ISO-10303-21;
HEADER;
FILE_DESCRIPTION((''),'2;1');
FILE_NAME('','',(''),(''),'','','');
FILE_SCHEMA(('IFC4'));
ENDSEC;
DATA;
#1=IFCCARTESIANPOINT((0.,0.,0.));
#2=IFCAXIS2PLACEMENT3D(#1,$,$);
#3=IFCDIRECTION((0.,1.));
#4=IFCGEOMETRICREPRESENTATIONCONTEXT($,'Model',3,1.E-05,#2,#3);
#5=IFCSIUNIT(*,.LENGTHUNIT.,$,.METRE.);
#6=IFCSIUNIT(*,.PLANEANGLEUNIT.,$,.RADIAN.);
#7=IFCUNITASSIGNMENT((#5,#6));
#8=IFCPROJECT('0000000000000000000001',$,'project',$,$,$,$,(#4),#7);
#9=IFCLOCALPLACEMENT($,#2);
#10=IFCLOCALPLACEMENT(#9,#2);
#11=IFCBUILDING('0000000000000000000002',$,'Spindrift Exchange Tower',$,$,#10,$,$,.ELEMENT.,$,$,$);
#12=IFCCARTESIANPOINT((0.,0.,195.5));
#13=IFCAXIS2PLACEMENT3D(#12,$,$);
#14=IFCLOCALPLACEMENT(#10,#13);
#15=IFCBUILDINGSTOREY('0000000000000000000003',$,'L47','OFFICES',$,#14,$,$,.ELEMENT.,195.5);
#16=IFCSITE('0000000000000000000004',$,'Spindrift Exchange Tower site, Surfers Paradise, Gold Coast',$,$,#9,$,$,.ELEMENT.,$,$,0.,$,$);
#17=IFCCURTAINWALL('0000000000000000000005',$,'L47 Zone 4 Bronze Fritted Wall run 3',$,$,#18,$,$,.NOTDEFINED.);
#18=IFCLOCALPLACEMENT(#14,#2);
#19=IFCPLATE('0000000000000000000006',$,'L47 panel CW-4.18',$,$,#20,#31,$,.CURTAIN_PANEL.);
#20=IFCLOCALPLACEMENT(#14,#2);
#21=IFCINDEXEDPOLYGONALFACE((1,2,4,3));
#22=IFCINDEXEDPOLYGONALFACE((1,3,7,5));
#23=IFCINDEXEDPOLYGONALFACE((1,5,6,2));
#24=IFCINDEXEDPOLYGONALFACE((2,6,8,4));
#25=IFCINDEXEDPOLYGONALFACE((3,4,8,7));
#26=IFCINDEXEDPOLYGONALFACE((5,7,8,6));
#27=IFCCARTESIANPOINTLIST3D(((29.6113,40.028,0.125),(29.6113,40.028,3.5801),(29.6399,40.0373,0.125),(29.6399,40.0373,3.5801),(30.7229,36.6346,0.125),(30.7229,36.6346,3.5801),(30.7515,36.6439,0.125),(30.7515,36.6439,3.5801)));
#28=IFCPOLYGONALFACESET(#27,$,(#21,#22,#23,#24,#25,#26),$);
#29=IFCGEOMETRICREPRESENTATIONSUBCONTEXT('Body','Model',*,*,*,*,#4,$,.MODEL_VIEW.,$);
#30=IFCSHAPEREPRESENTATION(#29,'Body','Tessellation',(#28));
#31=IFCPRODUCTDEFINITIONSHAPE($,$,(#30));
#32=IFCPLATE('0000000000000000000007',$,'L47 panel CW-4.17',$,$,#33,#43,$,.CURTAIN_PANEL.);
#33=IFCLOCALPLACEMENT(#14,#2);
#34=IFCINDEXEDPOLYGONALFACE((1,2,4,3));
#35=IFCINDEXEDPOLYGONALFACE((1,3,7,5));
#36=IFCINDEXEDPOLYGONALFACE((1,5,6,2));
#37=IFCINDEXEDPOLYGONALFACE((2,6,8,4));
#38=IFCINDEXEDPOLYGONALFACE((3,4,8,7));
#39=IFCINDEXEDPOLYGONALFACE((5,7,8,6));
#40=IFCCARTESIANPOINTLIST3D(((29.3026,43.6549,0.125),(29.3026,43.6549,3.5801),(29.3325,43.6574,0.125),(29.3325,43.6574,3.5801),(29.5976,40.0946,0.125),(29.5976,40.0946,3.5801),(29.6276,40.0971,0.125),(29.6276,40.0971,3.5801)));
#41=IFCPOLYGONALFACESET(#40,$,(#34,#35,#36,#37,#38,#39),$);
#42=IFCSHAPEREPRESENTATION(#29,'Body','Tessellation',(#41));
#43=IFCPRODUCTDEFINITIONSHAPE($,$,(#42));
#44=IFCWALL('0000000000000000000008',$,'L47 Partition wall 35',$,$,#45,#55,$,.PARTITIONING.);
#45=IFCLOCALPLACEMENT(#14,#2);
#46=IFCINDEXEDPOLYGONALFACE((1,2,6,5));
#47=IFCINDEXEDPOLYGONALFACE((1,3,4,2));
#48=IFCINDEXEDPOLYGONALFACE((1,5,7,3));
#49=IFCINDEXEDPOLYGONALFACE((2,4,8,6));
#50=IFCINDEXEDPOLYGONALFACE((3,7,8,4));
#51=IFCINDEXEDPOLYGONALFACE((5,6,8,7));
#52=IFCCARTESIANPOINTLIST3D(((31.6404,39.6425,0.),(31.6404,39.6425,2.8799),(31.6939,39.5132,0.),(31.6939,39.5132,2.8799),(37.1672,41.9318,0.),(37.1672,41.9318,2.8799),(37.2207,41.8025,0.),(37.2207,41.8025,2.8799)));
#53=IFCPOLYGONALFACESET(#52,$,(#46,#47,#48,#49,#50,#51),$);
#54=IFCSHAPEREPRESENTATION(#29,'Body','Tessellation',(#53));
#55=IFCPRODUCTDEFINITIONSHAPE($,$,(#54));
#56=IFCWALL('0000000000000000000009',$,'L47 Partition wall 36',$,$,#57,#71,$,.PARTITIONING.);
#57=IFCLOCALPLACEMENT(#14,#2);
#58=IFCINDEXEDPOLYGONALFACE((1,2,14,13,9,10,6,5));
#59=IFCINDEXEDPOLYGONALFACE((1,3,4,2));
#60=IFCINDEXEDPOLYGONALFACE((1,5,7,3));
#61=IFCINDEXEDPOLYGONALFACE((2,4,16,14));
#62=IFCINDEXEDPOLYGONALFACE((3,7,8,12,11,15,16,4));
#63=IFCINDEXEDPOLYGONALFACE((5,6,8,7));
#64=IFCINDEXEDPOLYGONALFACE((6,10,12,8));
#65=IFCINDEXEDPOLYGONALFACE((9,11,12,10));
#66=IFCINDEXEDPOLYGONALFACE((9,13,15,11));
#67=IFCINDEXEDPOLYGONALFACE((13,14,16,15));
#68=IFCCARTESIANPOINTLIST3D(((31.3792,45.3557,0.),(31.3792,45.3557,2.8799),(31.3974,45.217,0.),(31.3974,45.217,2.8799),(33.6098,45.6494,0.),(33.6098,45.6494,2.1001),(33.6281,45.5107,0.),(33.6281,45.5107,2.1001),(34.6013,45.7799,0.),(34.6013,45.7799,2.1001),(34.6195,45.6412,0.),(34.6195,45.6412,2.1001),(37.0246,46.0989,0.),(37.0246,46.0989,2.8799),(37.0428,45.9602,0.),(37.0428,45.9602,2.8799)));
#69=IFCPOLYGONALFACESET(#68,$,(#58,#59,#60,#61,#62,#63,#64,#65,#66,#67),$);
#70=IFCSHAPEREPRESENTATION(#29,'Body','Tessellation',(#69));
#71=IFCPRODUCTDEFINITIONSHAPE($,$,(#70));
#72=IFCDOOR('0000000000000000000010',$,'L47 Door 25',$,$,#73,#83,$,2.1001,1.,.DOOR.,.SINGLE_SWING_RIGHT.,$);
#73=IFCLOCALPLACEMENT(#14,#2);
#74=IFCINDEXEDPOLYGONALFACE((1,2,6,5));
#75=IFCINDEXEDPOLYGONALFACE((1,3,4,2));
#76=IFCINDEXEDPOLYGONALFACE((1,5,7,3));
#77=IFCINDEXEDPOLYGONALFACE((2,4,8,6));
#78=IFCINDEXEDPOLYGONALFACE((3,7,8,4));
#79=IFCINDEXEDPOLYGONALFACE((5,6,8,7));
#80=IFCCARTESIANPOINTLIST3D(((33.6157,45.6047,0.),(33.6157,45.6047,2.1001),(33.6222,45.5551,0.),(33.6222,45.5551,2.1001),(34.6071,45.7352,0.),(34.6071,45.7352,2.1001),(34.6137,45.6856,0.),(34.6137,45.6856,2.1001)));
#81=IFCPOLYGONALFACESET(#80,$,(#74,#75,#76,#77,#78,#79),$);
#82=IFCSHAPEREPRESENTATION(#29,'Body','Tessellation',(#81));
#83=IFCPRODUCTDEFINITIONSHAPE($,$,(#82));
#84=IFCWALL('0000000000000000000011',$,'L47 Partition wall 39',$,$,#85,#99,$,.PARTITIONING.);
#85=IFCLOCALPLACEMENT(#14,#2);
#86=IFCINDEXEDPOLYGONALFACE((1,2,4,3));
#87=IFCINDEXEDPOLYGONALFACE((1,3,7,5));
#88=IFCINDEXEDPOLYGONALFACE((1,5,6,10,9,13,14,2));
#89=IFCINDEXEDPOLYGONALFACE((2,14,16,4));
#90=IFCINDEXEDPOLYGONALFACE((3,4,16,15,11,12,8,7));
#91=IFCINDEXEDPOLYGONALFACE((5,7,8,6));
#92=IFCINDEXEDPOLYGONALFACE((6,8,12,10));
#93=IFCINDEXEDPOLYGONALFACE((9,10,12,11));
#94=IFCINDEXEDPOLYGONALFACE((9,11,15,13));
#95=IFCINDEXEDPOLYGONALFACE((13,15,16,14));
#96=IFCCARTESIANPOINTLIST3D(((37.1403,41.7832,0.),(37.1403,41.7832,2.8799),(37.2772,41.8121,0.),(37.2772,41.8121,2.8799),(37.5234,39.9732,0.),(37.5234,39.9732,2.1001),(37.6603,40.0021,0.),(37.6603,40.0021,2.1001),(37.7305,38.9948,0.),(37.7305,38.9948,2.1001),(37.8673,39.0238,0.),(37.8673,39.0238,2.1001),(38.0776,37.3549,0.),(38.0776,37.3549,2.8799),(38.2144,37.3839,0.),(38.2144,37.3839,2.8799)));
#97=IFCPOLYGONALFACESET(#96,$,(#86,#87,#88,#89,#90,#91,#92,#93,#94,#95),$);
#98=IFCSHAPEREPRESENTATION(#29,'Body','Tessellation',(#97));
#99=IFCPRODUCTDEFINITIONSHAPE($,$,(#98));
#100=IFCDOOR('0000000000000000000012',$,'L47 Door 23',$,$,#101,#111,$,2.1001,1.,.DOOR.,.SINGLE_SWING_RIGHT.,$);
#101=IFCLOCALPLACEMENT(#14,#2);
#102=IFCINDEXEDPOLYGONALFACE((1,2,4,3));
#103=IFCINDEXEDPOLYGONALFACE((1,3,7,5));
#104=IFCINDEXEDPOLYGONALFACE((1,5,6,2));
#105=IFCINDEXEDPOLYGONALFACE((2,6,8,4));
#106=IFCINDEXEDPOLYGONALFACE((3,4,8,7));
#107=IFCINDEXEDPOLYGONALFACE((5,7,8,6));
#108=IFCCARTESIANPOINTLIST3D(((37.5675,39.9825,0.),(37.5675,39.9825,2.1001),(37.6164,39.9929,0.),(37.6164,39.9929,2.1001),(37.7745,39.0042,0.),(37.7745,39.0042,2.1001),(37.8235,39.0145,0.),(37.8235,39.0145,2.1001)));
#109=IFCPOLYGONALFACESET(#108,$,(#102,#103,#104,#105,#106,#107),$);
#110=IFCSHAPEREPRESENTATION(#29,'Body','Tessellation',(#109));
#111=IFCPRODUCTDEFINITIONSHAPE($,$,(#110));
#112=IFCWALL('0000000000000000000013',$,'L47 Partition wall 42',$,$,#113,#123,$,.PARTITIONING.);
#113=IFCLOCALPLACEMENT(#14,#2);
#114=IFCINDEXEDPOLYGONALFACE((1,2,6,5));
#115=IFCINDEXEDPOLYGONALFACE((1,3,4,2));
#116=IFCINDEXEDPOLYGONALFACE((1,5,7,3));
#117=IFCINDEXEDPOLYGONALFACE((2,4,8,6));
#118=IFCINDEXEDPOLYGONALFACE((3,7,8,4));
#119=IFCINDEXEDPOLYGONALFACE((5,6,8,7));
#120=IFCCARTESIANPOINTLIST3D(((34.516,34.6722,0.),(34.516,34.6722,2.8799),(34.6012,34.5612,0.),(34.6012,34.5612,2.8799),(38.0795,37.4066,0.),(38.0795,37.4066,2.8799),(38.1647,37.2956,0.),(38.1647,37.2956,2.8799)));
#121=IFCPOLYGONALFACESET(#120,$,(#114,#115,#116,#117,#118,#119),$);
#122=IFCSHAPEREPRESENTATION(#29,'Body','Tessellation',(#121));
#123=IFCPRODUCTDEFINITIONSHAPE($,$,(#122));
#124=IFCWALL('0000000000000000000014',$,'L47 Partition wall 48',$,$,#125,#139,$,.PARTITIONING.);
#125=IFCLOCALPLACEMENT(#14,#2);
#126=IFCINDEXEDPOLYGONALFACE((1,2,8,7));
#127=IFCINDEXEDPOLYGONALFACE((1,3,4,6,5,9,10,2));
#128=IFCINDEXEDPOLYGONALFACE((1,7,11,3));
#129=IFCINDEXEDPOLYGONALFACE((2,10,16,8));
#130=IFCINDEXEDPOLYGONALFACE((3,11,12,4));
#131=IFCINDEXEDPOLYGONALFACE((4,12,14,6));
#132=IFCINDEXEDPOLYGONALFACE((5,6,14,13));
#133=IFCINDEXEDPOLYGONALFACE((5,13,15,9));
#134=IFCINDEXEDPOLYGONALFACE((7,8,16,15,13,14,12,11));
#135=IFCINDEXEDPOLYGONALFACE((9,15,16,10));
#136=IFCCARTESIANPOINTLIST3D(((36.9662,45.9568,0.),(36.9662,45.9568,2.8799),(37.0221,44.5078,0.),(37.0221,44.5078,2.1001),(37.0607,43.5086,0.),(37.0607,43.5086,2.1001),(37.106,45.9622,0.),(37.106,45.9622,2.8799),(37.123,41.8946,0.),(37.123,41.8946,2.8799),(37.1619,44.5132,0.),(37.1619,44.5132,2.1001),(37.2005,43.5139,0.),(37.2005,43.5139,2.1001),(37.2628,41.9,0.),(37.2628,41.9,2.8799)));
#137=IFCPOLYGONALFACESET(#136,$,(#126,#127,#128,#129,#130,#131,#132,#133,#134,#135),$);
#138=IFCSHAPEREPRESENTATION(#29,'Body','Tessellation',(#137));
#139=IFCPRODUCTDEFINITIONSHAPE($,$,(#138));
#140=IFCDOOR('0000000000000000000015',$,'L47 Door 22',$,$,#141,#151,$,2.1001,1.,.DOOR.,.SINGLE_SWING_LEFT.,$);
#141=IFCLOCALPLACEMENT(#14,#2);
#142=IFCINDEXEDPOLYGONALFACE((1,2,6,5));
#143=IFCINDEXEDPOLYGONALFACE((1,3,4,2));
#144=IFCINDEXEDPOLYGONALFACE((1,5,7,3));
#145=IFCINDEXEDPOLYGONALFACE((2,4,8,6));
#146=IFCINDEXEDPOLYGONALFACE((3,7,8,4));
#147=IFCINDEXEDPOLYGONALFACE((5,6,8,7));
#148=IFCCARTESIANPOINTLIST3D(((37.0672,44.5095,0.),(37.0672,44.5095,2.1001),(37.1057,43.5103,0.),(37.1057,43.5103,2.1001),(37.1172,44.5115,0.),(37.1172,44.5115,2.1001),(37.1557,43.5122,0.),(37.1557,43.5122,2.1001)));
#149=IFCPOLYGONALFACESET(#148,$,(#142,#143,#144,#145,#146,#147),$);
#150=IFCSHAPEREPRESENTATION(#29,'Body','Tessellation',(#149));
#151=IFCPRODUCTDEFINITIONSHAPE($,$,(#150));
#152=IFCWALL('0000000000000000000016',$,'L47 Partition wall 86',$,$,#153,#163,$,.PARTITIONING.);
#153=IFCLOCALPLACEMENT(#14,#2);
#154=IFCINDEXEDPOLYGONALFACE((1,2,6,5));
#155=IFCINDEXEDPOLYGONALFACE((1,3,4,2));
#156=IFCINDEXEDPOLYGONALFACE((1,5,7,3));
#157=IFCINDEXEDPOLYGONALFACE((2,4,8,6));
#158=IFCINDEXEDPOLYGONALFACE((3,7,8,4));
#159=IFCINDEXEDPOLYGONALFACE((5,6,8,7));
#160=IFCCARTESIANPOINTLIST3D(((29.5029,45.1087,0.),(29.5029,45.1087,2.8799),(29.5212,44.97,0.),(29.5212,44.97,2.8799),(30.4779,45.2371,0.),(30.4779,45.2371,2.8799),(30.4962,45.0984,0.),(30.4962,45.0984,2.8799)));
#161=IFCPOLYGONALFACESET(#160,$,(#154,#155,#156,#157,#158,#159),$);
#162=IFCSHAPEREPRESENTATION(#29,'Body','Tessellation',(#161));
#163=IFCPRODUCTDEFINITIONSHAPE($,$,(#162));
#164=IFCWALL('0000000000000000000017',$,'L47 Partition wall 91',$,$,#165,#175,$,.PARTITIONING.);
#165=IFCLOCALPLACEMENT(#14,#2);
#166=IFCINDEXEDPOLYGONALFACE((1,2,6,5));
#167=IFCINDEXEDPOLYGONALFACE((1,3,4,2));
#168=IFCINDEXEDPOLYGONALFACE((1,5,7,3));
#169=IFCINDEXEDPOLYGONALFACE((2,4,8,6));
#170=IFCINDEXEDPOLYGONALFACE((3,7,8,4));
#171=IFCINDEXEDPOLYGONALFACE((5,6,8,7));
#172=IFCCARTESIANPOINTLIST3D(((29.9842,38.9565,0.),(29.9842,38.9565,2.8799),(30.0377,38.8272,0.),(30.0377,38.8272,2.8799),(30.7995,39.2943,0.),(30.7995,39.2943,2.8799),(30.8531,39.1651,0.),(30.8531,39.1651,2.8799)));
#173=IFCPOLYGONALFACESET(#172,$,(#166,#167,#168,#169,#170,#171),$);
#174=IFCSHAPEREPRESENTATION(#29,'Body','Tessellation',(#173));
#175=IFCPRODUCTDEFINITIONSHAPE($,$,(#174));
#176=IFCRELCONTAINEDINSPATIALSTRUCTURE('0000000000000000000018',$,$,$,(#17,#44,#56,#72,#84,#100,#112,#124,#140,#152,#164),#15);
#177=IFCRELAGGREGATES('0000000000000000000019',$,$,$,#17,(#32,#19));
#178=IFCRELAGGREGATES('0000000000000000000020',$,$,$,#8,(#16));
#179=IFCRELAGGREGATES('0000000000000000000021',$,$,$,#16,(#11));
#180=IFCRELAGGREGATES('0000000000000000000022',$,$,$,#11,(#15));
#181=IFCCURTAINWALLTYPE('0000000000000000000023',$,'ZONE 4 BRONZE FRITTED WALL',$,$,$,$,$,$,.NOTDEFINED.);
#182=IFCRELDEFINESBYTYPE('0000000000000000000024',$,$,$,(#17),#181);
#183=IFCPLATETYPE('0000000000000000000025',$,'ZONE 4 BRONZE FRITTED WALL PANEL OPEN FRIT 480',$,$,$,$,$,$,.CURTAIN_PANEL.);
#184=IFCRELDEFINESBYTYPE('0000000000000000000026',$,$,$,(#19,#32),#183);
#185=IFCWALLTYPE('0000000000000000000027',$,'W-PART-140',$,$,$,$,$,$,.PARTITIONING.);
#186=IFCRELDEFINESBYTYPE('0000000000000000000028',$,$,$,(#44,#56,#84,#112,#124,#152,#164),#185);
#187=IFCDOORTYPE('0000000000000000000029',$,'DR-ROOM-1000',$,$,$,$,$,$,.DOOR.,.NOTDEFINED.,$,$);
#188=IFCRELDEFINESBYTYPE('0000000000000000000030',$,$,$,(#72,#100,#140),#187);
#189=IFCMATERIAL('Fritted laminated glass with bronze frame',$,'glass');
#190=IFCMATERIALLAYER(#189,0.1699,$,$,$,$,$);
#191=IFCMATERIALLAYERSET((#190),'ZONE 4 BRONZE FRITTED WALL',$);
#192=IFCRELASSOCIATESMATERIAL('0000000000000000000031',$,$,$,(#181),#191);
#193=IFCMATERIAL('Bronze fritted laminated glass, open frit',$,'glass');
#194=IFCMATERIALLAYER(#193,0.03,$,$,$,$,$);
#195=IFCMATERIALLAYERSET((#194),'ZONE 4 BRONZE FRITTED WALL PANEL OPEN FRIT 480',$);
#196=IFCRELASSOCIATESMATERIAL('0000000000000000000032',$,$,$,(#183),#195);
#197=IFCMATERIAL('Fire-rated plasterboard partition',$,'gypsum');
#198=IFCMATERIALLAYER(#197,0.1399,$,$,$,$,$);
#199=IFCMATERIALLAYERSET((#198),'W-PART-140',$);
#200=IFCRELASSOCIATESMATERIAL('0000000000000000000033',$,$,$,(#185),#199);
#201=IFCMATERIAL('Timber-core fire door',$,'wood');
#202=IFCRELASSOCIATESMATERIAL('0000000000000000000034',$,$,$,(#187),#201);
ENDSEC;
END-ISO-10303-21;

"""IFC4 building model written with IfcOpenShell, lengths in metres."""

from ifc_helpers import new_model, si_unit, direction, frame, frame_2d, origin, origin_2d, place, context, subcontext, project, spatial, rectangle, extrude, source, transform, mapped, material, layer, layer_set, type_object, element, fill, aggregate, save


model = new_model("IFC4")

# Units and contexts
model_context = context("Model", 3, precision=1e-05, world=origin(), true_north=direction((0.0, 1.0)))
body_context = subcontext(model_context, "Body", "Model", "MODEL_VIEW")
ifc_project = project(units=[si_unit("LENGTHUNIT", "METRE"), si_unit("PLANEANGLEUNIT", "RADIAN")], contexts=[model_context])

# Site, building, storey
site_placement = place(None, origin())
site = spatial("IfcSite", under=ifc_project, at=site_placement, Name="Spindrift Exchange Tower site, Surfers Paradise, Gold Coast", CompositionType="ELEMENT", RefElevation=0.0)
building_placement = place(site_placement, origin())
building = spatial("IfcBuilding", under=site, at=building_placement, Name="Spindrift Exchange Tower", CompositionType="ELEMENT")
storey_placement = place(building_placement, frame((0.0, 0.0, 195.5)))
storey = spatial("IfcBuildingStorey", under=building, at=storey_placement, Name="L47", Description="OFFICES", CompositionType="ELEMENT", Elevation=195.5)

# Curtain wall
ifc_material_1 = material(Name="Fritted laminated glass with bronze frame", Category="glass")
ifc_layer_1 = layer(ifc_material_1, 0.1699)
ifc_layer_set_1 = layer_set([ifc_layer_1], Name="ZONE 4 BRONZE FRITTED WALL")
curtain_wall_type = type_object("IfcCurtainWallType", Name="ZONE 4 BRONZE FRITTED WALL", PredefinedType="NOTDEFINED", material=ifc_layer_set_1)
curtain_wall_1_placement = place(storey_placement, origin())
curtain_wall_1 = element("IfcCurtainWall", 1, at=curtain_wall_1_placement, inside=storey, type_object=curtain_wall_type, Name="L47 Zone 4 Bronze Fritted Wall run 3", PredefinedType="NOTDEFINED")

# Plates
ifc_material_2 = material(Name="Bronze fritted laminated glass, open frit", Category="glass")
ifc_layer_2 = layer(ifc_material_2, 0.03)
ifc_layer_set_2 = layer_set([ifc_layer_2], Name="ZONE 4 BRONZE FRITTED WALL PANEL OPEN FRIT 480")
plate_type_1 = type_object("IfcPlateType", Name="ZONE 4 BRONZE FRITTED WALL PANEL OPEN FRIT 480", PredefinedType="CURTAIN_PANEL", material=ifc_layer_set_2)
shared_shape_1 = source(origin(), body_context, "Body", "SweptSolid", [
    extrude(rectangle(XDim=3.5708, YDim=0.03, at=origin_2d()), origin(), (0.0, 0.0, 1.0), 3.4551),
])
plate_1_placement = place(storey_placement, frame((30.1814, 38.3359, 0.125), z_axis=(0.0, 0.0, 1.0), x_axis=(0.311297, -0.950313, 0.0)))
plate_1 = element("IfcPlate", 2, at=plate_1_placement, type_object=plate_type_1, Name="L47 panel CW-4.18", PredefinedType="CURTAIN_PANEL", context=body_context, shape_type="MappedRepresentation", body=[
    mapped(shared_shape_1, transform((0.0, 0.0, 0.0), scale=1.0)),
])
shared_shape_2 = source(origin(), body_context, "Body", "SweptSolid", [
    extrude(rectangle(XDim=3.5725, YDim=0.03, at=origin_2d()), origin(), (0.0, 0.0, 1.0), 3.4551),
])
plate_2_placement = place(storey_placement, frame((29.4651, 41.876, 0.125), z_axis=(0.0, 0.0, 1.0), x_axis=(0.082584, -0.996584, 0.0)))
plate_2 = element("IfcPlate", 3, at=plate_2_placement, type_object=plate_type_1, Name="L47 panel CW-4.17", PredefinedType="CURTAIN_PANEL", context=body_context, shape_type="MappedRepresentation", body=[
    mapped(shared_shape_2, transform((0.0, 0.0, 0.0), scale=1.0)),
])
aggregate(curtain_wall_1, [plate_2, plate_1])

# Wall
ifc_material_3 = material(Name="Fire-rated plasterboard partition", Category="gypsum")
ifc_layer_3 = layer(ifc_material_3, 0.1399)
ifc_layer_set_3 = layer_set([ifc_layer_3], Name="W-PART-140")
wall_type = type_object("IfcWallType", Name="W-PART-140", PredefinedType="PARTITIONING", material=ifc_layer_set_3)
wall_1_placement = place(storey_placement, frame((37.1941, 41.8672, 0.0), z_axis=(0.0, 0.0, 1.0), x_axis=(-0.923879, -0.382685, 0.0)))
element("IfcWall", 4, at=wall_1_placement, inside=storey, type_object=wall_type, Name="L47 Partition wall 35", PredefinedType="PARTITIONING", context=body_context, shape_type="SweptSolid", body=[
    extrude(rectangle(XDim=5.9822, YDim=0.1399, at=frame_2d((2.9912, 0.0))), origin(), (0.0, 0.0, 1.0), 2.8799),
])

# Walls, openings, doors
wall_2_placement = place(storey_placement, frame((31.3882, 45.2864, 0.0), z_axis=(0.0, 0.0, 1.0), x_axis=(0.991446, 0.130518, 0.0)))
wall_2 = element("IfcWall", 5, at=wall_2_placement, inside=storey, type_object=wall_type, Name="L47 Partition wall 36", PredefinedType="PARTITIONING", context=body_context, shape_type="SweptSolid", body=[
    extrude(rectangle(XDim=5.6941, YDim=0.1399, at=frame_2d((2.8472, 0.0))), origin(), (0.0, 0.0, 1.0), 2.8799),
])
opening_1_placement = place(wall_2_placement, frame((2.25, 0.0, 0.0)))
opening_1 = element("IfcOpeningElement", 6, at=opening_1_placement, cuts=wall_2, PredefinedType="OPENING", context=body_context, shape_type="SweptSolid", body=[
    extrude(rectangle(XDim=1.0, YDim=2.1001, at=frame_2d((0.5, 1.05))), frame((0.0, 0.0798, 0.0), z_axis=(0.0, -1.0, 0.0), x_axis=(1.0, 0.0, 0.0)), (0.0, 0.0, 1.0), 0.1599),
])
ifc_material_4 = material(Name="Timber-core fire door", Category="wood")
door_type = type_object("IfcDoorType", Name="DR-ROOM-1000", OperationType="NOTDEFINED", PredefinedType="DOOR", material=ifc_material_4)
shared_shape_3 = source(origin(), body_context, "Body", "SweptSolid", [
    extrude(rectangle(XDim=1.0, YDim=2.1001, at=frame_2d((0.5, 1.05))), frame((0.0, 0.0249, 0.0), z_axis=(0.0, -1.0, 0.0), x_axis=(1.0, 0.0, 0.0)), (0.0, 0.0, 1.0), 0.05),
])
door_1_placement = place(opening_1_placement, origin())
door_1 = element("IfcDoor", 7, at=door_1_placement, inside=storey, type_object=door_type, Name="L47 Door 25", OperationType="SINGLE_SWING_RIGHT", OverallHeight=2.1001, OverallWidth=1.0, PredefinedType="DOOR", context=body_context, shape_type="MappedRepresentation", body=[
    mapped(shared_shape_3, transform((0.0, 0.0, 0.0), scale=1.0)),
])
fill(opening_1, door_1)
wall_3_placement = place(storey_placement, frame((38.146, 37.3694, 0.0), z_axis=(0.0, 0.0, 1.0), x_axis=(-0.207068, 0.978327, 0.0)))
wall_3 = element("IfcWall", 8, at=wall_3_placement, inside=storey, type_object=wall_type, Name="L47 Partition wall 39", PredefinedType="PARTITIONING", context=body_context, shape_type="SweptSolid", body=[
    extrude(rectangle(XDim=4.5264, YDim=0.1399, at=frame_2d((2.2632, 0.0))), origin(), (0.0, 0.0, 1.0), 2.8799),
])
opening_2_placement = place(wall_3_placement, frame((1.6763, 0.0, 0.0)))
opening_2 = element("IfcOpeningElement", 9, at=opening_2_placement, cuts=wall_3, PredefinedType="OPENING", context=body_context, shape_type="SweptSolid", body=[
    extrude(rectangle(XDim=1.0, YDim=2.1001, at=frame_2d((0.5, 1.05))), frame((0.0, 0.0798, 0.0), z_axis=(0.0, -1.0, 0.0), x_axis=(1.0, 0.0, 0.0)), (0.0, 0.0, 1.0), 0.1599),
])
door_2_placement = place(opening_2_placement, origin())
door_2 = element("IfcDoor", 10, at=door_2_placement, inside=storey, type_object=door_type, Name="L47 Door 23", OperationType="SINGLE_SWING_RIGHT", OverallHeight=2.1001, OverallWidth=1.0, PredefinedType="DOOR", context=body_context, shape_type="MappedRepresentation", body=[
    mapped(shared_shape_3, transform((0.0, 0.0, 0.0), scale=1.0)),
])
fill(opening_2, door_2)

# Wall
wall_4_placement = place(storey_placement, frame((38.1221, 37.3511, 0.0), z_axis=(0.0, 0.0, 1.0), x_axis=(-0.793351, -0.608765, 0.0)))
element("IfcWall", 11, at=wall_4_placement, inside=storey, type_object=wall_type, Name="L47 Partition wall 42", PredefinedType="PARTITIONING", context=body_context, shape_type="SweptSolid", body=[
    extrude(rectangle(XDim=4.4917, YDim=0.1399, at=frame_2d((2.2458, 0.0))), origin(), (0.0, 0.0, 1.0), 2.8799),
])

# Wall, opening, door
wall_5_placement = place(storey_placement, frame((37.1929, 41.8972, 0.0), z_axis=(0.0, 0.0, 1.0), x_axis=(-0.038555, 0.999256, 0.0)))
wall_5 = element("IfcWall", 12, at=wall_5_placement, inside=storey, type_object=wall_type, Name="L47 Partition wall 48", PredefinedType="PARTITIONING", context=body_context, shape_type="SweptSolid", body=[
    extrude(rectangle(XDim=4.0652, YDim=0.1399, at=frame_2d((2.0327, 0.0))), origin(), (0.0, 0.0, 1.0), 2.8799),
])
opening_3_placement = place(wall_5_placement, frame((1.6152, 0.0, 0.0)))
opening_3 = element("IfcOpeningElement", 13, at=opening_3_placement, cuts=wall_5, PredefinedType="OPENING", context=body_context, shape_type="SweptSolid", body=[
    extrude(rectangle(XDim=1.0, YDim=2.1001, at=frame_2d((0.5, 1.05))), frame((0.0, 0.0798, 0.0), z_axis=(0.0, -1.0, 0.0), x_axis=(1.0, 0.0, 0.0)), (0.0, 0.0, 1.0), 0.1599),
])
door_3_placement = place(opening_3_placement, origin())
door_3 = element("IfcDoor", 14, at=door_3_placement, inside=storey, type_object=door_type, Name="L47 Door 22", OperationType="SINGLE_SWING_LEFT", OverallHeight=2.1001, OverallWidth=1.0, PredefinedType="DOOR", context=body_context, shape_type="MappedRepresentation", body=[
    mapped(shared_shape_3, transform((0.0, 0.0, 0.0), scale=1.0)),
])
fill(opening_3, door_3)

# Walls
wall_6_placement = place(storey_placement, frame((30.4871, 45.1677, 0.0), z_axis=(0.0, 0.0, 1.0), x_axis=(-0.991439, -0.13057, 0.0)))
element("IfcWall", 15, at=wall_6_placement, inside=storey, type_object=wall_type, Name="L47 Partition wall 86", PredefinedType="PARTITIONING", context=body_context, shape_type="SweptSolid", body=[
    extrude(rectangle(XDim=0.9834, YDim=0.1399, at=frame_2d((0.4917, 0.0))), origin(), (0.0, 0.0, 1.0), 2.8799),
])
wall_7_placement = place(storey_placement, frame((30.8264, 39.2297, 0.0), z_axis=(0.0, 0.0, 1.0), x_axis=(-0.923828, -0.382808, 0.0)))
element("IfcWall", 16, at=wall_7_placement, inside=storey, type_object=wall_type, Name="L47 Partition wall 91", PredefinedType="PARTITIONING", context=body_context, shape_type="SweptSolid", body=[
    extrude(rectangle(XDim=0.8826, YDim=0.1399, at=frame_2d((0.4414, 0.0))), origin(), (0.0, 0.0, 1.0), 2.8799),
])

save(model, "model.ifc")
